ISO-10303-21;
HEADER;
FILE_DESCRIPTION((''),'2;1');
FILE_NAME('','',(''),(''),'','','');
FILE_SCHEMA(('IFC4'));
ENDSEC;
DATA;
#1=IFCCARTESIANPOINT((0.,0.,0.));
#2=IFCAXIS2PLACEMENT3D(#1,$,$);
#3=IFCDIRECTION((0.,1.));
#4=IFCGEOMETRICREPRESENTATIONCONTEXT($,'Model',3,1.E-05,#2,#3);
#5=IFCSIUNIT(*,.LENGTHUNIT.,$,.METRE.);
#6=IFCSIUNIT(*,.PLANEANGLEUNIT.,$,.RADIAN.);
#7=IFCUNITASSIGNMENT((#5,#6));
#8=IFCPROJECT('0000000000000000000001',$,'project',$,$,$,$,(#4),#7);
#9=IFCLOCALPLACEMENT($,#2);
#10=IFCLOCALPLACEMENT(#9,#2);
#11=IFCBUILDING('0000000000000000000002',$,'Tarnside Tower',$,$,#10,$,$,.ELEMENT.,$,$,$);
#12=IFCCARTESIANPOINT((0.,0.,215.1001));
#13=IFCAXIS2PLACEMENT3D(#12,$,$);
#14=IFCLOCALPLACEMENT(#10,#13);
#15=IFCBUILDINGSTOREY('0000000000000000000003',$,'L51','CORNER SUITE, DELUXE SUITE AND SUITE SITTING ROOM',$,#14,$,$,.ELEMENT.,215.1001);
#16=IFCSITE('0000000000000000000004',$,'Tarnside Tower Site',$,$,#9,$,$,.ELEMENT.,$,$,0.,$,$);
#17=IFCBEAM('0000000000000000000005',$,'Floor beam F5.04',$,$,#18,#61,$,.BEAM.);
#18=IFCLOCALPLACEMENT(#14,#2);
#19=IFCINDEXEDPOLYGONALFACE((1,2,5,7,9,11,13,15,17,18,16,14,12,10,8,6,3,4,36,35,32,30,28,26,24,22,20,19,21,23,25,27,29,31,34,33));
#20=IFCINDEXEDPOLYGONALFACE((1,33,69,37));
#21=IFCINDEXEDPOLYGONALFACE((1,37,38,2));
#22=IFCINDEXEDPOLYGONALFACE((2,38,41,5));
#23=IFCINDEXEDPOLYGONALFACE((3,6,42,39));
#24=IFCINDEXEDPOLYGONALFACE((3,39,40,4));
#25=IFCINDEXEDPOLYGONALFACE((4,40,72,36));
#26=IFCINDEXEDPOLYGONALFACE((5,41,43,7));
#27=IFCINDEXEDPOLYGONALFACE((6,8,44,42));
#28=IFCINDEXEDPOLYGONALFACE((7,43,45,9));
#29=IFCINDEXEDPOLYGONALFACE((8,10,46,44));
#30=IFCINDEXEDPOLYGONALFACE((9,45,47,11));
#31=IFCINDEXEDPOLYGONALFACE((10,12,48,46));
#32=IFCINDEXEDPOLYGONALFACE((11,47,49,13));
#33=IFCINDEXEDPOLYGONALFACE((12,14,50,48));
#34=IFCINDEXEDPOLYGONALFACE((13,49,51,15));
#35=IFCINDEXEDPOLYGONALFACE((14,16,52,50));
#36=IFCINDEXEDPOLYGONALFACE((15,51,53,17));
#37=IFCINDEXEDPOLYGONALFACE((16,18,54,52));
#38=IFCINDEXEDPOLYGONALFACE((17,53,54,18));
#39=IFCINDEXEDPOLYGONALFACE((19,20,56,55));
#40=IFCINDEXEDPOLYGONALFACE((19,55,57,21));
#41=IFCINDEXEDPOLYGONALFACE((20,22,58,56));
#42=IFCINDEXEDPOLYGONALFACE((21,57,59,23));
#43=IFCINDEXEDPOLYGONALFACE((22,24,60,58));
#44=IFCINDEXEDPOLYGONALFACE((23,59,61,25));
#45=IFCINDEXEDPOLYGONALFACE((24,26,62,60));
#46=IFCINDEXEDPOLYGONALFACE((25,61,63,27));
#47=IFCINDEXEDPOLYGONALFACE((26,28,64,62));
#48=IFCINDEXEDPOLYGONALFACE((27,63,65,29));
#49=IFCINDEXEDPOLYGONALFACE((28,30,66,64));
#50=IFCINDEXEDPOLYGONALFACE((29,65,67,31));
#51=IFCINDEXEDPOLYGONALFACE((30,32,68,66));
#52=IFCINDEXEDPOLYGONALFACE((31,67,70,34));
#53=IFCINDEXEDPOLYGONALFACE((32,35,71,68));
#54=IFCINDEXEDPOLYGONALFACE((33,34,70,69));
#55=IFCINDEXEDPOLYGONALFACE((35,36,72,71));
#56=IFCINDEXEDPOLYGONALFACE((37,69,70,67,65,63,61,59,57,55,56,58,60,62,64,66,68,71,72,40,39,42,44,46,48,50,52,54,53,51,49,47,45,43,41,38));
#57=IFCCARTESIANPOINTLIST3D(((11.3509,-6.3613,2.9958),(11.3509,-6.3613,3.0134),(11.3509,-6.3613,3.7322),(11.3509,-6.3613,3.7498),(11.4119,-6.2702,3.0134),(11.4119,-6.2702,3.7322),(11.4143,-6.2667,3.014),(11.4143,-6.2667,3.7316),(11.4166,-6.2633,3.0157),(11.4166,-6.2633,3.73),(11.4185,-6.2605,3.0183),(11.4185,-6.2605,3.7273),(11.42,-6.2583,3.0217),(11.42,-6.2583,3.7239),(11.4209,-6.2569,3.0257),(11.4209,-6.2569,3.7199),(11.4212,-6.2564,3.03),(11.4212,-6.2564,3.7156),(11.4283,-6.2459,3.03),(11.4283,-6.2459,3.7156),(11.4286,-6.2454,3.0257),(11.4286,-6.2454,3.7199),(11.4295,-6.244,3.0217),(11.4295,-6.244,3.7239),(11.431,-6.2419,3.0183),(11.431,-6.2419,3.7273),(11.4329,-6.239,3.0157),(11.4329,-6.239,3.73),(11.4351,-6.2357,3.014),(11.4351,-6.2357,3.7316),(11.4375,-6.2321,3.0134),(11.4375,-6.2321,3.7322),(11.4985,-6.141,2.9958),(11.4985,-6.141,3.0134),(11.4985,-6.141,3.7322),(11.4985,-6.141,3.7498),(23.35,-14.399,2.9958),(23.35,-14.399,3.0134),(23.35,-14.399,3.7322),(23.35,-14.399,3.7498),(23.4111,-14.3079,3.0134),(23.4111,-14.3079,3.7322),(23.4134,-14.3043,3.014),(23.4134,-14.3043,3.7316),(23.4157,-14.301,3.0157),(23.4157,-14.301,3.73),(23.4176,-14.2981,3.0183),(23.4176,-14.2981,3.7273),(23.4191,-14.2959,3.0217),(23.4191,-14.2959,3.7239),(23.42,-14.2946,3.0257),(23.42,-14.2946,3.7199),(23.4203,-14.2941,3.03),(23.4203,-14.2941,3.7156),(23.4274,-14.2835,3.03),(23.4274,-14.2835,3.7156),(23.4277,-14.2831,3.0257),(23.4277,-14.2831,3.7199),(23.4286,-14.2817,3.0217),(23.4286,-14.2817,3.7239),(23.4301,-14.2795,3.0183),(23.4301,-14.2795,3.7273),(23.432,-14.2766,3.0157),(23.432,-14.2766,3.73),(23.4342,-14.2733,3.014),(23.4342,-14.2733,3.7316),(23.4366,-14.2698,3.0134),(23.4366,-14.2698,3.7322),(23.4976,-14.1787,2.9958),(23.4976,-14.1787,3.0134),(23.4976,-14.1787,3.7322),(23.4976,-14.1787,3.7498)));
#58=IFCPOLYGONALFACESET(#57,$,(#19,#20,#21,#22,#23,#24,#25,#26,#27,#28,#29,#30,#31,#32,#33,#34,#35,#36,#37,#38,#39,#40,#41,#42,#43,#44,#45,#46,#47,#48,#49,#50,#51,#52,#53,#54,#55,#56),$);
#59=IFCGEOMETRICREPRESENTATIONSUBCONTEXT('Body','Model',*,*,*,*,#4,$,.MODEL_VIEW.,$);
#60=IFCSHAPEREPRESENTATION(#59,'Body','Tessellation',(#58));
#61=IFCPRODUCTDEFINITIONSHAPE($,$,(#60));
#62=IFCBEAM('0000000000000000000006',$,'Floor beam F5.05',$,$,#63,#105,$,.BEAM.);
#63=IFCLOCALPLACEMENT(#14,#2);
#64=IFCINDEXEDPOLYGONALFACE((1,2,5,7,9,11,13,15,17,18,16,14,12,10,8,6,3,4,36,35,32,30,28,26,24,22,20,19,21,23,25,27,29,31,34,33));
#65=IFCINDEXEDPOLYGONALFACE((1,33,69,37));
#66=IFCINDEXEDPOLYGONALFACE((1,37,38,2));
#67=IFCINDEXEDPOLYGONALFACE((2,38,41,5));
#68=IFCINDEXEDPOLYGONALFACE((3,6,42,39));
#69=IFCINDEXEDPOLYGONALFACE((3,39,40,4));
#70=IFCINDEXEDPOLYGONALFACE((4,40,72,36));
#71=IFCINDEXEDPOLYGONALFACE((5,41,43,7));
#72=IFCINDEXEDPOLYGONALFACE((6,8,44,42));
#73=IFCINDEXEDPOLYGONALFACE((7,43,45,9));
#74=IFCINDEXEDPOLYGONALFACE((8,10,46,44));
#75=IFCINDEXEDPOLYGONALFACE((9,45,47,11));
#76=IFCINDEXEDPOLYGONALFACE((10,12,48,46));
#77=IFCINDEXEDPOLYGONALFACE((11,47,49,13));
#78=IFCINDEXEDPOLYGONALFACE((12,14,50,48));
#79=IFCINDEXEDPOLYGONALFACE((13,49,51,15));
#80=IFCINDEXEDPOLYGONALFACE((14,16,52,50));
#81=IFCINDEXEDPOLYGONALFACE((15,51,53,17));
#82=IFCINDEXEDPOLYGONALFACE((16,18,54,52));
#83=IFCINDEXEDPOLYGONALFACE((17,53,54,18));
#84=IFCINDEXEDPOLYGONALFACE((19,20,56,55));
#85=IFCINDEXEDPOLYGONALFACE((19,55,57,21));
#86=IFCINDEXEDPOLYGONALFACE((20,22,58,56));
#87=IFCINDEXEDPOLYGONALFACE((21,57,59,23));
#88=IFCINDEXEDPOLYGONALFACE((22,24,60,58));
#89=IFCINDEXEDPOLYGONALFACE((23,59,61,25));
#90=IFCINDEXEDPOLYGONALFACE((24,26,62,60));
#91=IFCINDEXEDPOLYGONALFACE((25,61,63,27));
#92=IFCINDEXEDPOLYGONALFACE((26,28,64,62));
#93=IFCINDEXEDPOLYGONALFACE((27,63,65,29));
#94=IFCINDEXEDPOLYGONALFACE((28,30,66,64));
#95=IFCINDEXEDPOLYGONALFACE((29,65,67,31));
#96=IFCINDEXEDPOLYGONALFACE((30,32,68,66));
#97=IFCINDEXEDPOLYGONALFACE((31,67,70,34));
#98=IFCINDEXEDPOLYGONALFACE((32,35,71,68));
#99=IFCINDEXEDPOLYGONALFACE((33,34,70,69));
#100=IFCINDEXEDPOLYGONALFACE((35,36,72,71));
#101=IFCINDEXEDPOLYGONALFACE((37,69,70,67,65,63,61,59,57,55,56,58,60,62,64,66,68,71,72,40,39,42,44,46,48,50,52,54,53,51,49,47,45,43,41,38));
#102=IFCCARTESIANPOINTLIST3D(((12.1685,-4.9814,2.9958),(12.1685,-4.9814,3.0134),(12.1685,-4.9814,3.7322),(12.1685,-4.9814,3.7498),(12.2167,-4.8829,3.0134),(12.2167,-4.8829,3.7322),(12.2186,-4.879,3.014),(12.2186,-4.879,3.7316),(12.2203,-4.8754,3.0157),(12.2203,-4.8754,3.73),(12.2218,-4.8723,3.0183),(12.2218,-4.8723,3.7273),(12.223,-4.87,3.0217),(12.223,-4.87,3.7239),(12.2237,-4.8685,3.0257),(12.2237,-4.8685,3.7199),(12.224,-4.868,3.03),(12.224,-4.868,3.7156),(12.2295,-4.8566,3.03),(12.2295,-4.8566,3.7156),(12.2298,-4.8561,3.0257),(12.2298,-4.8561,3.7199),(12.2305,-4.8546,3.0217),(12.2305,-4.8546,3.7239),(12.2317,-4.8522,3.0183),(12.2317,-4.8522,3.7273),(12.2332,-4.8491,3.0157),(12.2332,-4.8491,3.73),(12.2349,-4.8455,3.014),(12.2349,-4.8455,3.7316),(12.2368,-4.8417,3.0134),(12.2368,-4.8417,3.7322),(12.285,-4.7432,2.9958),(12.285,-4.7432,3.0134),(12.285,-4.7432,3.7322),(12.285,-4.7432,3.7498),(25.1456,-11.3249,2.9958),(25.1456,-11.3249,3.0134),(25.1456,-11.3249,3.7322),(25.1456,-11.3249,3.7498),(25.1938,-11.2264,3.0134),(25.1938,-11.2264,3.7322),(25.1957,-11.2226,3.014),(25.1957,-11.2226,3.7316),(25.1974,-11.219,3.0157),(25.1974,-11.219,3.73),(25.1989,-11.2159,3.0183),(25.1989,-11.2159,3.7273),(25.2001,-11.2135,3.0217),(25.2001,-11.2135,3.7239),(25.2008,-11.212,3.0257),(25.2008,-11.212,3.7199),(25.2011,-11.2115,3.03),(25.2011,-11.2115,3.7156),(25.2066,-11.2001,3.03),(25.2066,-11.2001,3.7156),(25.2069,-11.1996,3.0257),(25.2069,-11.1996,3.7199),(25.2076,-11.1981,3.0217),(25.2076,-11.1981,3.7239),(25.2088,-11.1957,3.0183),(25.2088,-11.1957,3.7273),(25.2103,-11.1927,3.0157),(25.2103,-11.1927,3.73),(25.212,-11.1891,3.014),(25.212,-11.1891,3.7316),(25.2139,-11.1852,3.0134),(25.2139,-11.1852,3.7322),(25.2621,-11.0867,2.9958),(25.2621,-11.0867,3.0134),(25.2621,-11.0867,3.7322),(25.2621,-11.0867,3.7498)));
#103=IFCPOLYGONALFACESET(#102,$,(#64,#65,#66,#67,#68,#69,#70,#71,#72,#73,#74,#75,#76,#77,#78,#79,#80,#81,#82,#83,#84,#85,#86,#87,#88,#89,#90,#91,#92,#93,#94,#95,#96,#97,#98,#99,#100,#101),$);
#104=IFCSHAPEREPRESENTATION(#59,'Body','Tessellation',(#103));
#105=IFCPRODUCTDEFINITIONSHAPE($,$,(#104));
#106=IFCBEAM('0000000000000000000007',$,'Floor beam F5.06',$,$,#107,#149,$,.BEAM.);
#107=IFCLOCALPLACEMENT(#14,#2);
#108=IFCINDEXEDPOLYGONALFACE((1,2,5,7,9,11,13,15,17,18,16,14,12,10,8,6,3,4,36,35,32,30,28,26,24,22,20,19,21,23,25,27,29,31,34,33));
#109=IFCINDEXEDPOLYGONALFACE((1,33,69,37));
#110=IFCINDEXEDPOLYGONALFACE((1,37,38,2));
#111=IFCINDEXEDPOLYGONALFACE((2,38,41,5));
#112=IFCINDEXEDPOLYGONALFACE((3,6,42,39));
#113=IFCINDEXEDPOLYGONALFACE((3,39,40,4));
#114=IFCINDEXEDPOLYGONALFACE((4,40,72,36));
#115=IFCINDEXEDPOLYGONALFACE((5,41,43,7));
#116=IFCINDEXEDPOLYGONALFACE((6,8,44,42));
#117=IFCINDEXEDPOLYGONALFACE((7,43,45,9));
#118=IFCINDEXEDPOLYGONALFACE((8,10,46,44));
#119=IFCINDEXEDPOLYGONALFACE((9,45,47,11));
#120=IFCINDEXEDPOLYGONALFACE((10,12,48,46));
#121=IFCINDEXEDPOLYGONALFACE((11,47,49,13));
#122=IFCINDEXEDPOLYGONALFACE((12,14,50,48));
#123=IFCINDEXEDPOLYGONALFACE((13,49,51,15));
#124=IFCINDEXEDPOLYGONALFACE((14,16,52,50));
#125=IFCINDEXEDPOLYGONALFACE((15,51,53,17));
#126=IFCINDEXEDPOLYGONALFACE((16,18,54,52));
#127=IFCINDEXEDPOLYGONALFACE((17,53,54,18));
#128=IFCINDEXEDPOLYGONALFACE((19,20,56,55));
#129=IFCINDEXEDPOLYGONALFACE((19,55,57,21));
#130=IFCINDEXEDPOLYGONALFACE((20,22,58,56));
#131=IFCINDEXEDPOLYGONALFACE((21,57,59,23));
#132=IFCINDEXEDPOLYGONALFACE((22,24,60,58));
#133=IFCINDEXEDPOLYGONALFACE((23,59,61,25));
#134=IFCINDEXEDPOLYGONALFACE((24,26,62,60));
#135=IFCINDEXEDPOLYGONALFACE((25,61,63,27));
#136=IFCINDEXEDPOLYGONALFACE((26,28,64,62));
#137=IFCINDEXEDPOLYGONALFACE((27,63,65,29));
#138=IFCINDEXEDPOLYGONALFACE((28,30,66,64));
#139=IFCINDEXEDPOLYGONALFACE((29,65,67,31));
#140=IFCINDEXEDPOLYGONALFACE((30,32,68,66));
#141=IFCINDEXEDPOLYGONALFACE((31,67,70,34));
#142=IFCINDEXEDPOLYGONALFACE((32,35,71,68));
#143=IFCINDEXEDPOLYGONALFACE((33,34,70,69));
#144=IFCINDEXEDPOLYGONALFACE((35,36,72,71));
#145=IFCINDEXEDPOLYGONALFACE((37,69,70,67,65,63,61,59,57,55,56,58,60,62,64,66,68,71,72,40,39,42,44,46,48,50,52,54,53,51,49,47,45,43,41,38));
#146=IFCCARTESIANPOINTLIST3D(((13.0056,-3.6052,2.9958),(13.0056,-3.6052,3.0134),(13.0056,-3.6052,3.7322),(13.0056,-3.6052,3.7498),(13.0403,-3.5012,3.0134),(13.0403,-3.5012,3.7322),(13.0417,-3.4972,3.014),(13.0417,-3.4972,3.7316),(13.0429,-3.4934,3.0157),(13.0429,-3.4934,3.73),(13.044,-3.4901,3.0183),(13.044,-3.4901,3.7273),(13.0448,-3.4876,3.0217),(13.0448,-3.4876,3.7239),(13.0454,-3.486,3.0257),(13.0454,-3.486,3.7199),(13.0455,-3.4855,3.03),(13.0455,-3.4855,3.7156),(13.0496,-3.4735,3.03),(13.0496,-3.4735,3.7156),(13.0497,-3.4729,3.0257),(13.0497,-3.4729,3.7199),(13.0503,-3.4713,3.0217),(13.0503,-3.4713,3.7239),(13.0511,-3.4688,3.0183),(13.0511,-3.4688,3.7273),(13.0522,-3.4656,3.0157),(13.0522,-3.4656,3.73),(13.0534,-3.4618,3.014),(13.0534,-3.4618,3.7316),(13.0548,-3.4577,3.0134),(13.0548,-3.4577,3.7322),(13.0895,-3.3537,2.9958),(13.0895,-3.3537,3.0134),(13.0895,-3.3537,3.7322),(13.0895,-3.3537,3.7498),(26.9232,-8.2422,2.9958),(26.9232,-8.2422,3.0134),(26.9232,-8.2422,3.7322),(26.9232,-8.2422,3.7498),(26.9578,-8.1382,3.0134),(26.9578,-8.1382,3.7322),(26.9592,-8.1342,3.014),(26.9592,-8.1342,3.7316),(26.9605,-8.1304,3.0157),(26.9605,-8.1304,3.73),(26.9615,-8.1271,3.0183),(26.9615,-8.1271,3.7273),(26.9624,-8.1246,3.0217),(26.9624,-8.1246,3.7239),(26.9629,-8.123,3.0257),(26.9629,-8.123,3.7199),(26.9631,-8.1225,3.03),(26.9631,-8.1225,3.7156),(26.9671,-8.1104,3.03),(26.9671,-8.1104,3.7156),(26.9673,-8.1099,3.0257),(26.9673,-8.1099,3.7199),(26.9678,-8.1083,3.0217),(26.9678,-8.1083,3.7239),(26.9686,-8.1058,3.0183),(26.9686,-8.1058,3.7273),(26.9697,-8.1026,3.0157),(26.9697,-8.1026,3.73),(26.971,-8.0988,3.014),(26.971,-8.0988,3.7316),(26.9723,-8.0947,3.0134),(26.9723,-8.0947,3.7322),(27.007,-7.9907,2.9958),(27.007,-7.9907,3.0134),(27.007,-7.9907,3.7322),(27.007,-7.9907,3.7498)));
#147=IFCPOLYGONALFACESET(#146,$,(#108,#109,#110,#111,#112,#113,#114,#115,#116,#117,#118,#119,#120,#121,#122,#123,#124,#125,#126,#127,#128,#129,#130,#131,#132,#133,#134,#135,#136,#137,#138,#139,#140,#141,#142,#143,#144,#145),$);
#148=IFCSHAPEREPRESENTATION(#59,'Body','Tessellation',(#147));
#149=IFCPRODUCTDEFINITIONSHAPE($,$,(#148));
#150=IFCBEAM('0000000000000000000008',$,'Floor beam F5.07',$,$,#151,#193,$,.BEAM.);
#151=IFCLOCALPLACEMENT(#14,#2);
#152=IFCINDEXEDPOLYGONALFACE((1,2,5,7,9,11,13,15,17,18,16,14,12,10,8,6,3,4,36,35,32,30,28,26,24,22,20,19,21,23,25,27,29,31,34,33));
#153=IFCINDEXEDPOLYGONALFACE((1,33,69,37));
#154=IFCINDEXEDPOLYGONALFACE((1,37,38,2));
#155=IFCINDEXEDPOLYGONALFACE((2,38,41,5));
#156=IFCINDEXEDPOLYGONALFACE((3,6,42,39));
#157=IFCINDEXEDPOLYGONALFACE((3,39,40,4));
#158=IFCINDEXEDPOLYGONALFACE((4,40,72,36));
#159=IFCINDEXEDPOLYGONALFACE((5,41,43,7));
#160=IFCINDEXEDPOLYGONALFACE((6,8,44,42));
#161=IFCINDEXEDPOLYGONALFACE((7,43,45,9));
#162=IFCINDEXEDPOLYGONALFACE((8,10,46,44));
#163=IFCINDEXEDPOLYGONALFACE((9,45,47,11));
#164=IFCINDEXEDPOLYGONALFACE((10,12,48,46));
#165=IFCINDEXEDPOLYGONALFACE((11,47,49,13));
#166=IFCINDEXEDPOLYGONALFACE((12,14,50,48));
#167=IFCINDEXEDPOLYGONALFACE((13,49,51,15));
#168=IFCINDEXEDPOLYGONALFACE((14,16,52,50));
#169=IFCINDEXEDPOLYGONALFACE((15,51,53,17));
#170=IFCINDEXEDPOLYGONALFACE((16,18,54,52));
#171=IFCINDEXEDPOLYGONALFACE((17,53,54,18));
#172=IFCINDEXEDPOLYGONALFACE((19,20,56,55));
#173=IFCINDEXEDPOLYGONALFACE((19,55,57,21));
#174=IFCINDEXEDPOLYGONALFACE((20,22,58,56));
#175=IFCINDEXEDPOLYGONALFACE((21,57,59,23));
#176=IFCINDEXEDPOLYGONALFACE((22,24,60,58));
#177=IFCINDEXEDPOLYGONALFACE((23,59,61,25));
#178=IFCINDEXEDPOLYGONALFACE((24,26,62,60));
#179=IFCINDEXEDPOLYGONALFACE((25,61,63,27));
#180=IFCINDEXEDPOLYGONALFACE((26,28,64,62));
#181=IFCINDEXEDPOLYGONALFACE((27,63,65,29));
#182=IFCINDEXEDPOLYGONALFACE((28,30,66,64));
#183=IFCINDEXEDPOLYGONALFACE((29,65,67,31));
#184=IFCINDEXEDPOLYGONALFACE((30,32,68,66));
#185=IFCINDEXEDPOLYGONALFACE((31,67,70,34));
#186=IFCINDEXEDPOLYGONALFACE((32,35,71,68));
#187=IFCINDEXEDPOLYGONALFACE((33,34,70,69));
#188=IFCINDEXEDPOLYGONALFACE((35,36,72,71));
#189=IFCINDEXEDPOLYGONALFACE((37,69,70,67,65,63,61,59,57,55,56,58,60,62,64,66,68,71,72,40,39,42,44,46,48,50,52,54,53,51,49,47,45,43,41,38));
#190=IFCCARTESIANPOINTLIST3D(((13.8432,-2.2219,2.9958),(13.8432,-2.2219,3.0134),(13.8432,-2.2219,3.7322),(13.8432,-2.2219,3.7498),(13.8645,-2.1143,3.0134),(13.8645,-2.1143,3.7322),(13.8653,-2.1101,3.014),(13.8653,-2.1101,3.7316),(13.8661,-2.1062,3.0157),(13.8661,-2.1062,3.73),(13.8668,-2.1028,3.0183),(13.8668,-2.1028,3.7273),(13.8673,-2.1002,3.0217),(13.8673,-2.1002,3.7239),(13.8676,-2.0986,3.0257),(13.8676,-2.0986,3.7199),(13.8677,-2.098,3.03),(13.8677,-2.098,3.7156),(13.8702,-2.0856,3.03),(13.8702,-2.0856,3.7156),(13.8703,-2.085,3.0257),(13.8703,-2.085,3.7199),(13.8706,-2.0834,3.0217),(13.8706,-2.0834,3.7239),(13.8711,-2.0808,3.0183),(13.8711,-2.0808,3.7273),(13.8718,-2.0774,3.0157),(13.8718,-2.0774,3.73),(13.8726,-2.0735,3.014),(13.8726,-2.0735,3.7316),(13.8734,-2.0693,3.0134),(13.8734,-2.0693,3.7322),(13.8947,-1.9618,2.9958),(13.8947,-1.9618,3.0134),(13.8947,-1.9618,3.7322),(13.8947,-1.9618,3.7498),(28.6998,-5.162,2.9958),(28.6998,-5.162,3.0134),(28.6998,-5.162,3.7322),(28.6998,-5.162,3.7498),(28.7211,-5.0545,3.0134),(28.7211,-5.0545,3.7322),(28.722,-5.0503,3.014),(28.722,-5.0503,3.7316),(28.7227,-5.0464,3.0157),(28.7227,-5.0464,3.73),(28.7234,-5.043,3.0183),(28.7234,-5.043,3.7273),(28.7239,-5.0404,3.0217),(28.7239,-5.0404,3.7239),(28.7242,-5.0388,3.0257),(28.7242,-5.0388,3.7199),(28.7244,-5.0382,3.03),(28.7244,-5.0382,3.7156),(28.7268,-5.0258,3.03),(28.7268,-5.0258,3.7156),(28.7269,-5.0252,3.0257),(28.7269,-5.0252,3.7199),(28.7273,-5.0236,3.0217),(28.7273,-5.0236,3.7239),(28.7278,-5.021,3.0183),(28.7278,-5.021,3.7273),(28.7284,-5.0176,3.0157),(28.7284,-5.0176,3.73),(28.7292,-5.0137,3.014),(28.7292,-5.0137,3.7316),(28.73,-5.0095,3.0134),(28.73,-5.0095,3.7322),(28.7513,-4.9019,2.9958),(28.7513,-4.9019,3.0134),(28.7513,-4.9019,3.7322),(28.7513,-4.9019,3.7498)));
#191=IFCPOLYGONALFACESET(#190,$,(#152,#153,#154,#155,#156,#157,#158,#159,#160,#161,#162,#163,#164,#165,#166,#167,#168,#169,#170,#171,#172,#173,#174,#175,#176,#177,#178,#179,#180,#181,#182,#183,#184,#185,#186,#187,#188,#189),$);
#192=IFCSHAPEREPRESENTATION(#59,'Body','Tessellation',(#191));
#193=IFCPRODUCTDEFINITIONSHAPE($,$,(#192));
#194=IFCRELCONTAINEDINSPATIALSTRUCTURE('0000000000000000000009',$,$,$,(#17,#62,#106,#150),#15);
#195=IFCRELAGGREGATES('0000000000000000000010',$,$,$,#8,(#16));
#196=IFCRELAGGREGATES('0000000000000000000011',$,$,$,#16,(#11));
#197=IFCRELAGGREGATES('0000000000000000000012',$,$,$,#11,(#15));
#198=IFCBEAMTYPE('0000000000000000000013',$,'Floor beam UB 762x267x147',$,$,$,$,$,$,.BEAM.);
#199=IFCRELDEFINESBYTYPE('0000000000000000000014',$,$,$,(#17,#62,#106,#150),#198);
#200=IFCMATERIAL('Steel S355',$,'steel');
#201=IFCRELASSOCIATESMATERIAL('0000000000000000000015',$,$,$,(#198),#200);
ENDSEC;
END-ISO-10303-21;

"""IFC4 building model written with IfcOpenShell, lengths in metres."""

from ifc_helpers import new_model, si_unit, direction, frame, origin, origin_2d, place, context, subcontext, project, spatial, i_section, extrude, material, material_profile, profile_set, type_object, element, save


model = new_model("IFC4")

# Units and contexts
model_context = context("Model", 3, precision=1e-05, world=origin(), true_north=direction((0.0, 1.0)))
body_context = subcontext(model_context, "Body", "Model", "MODEL_VIEW")
ifc_project = project(units=[si_unit("LENGTHUNIT", "METRE"), si_unit("PLANEANGLEUNIT", "RADIAN")], contexts=[model_context])

# Site, building, storey
site_placement = place(None, origin())
site = spatial("IfcSite", under=ifc_project, at=site_placement, Name="Tarnside Tower Site", CompositionType="ELEMENT", RefElevation=0.0)
building_placement = place(site_placement, origin())
building = spatial("IfcBuilding", under=site, at=building_placement, Name="Tarnside Tower", CompositionType="ELEMENT")
storey_placement = place(building_placement, frame((0.0, 0.0, 215.1001)))
storey = spatial("IfcBuildingStorey", under=building, at=storey_placement, Name="L51", Description="CORNER SUITE, DELUXE SUITE AND SUITE SITTING ROOM", CompositionType="ELEMENT", Elevation=215.1001)

# Beams
ifc_material_1 = material(Name="Steel S355", Category="steel")
ifc_material_profile_1 = material_profile(ifc_material_1, i_section(OverallWidth=0.2651, OverallDepth=0.7539, WebThickness=0.0127, FlangeThickness=0.0176, FilletRadius=0.0166, at=origin_2d()), Name="UB 762x267x147")
ifc_profile_set_1 = profile_set([ifc_material_profile_1], Name="Steel S355")
beam_type_1 = type_object("IfcBeamType", Name="Floor beam UB 762x267x147", PredefinedType="BEAM", material=ifc_profile_set_1)
beam_1_placement = place(storey_placement, frame((23.4238, -14.2888, 3.3728), z_axis=(-0.830826, 0.556532, 0.0), x_axis=(-0.556532, -0.830826, 0.0)))
element("IfcBeam", 1, at=beam_1_placement, inside=storey, type_object=beam_type_1, Name="Floor beam F5.04", PredefinedType="BEAM", context=body_context, shape_type="SweptSolid", body=[
    extrude(i_section(OverallWidth=0.2651, OverallDepth=0.7539, WebThickness=0.0127, FlangeThickness=0.0176, FilletRadius=0.0166, at=origin_2d()), origin(), (0.0, 0.0, 1.0), 14.4424),
])
beam_2_placement = place(storey_placement, frame((25.2039, -11.2058, 3.3728), z_axis=(-0.898407, 0.439164, 0.0), x_axis=(-0.439164, -0.898407, 0.0)))
element("IfcBeam", 2, at=beam_2_placement, inside=storey, type_object=beam_type_1, Name="Floor beam F5.05", PredefinedType="BEAM", context=body_context, shape_type="SweptSolid", body=[
    extrude(i_section(OverallWidth=0.2651, OverallDepth=0.7539, WebThickness=0.0127, FlangeThickness=0.0176, FilletRadius=0.0166, at=origin_2d()), origin(), (0.0, 0.0, 1.0), 14.4446),
])
beam_3_placement = place(storey_placement, frame((26.9651, -8.1165, 3.3728), z_axis=(-0.948728, 0.316093, 0.0), x_axis=(-0.316093, -0.948728, 0.0)))
element("IfcBeam", 3, at=beam_3_placement, inside=storey, type_object=beam_type_1, Name="Floor beam F5.06", PredefinedType="BEAM", context=body_context, shape_type="SweptSolid", body=[
    extrude(i_section(OverallWidth=0.2651, OverallDepth=0.7539, WebThickness=0.0127, FlangeThickness=0.0176, FilletRadius=0.0166, at=origin_2d()), origin(), (0.0, 0.0, 1.0), 14.6697),
])
beam_4_placement = place(storey_placement, frame((28.7256, -5.032, 3.3728), z_axis=(-0.980974, 0.194138, 0.0), x_axis=(-0.194138, -0.980974, 0.0)))
element("IfcBeam", 4, at=beam_4_placement, inside=storey, type_object=beam_type_1, Name="Floor beam F5.07", PredefinedType="BEAM", context=body_context, shape_type="SweptSolid", body=[
    extrude(i_section(OverallWidth=0.2651, OverallDepth=0.7539, WebThickness=0.0127, FlangeThickness=0.0176, FilletRadius=0.0166, at=origin_2d()), origin(), (0.0, 0.0, 1.0), 15.1448),
])

save(model, "model.ifc")
